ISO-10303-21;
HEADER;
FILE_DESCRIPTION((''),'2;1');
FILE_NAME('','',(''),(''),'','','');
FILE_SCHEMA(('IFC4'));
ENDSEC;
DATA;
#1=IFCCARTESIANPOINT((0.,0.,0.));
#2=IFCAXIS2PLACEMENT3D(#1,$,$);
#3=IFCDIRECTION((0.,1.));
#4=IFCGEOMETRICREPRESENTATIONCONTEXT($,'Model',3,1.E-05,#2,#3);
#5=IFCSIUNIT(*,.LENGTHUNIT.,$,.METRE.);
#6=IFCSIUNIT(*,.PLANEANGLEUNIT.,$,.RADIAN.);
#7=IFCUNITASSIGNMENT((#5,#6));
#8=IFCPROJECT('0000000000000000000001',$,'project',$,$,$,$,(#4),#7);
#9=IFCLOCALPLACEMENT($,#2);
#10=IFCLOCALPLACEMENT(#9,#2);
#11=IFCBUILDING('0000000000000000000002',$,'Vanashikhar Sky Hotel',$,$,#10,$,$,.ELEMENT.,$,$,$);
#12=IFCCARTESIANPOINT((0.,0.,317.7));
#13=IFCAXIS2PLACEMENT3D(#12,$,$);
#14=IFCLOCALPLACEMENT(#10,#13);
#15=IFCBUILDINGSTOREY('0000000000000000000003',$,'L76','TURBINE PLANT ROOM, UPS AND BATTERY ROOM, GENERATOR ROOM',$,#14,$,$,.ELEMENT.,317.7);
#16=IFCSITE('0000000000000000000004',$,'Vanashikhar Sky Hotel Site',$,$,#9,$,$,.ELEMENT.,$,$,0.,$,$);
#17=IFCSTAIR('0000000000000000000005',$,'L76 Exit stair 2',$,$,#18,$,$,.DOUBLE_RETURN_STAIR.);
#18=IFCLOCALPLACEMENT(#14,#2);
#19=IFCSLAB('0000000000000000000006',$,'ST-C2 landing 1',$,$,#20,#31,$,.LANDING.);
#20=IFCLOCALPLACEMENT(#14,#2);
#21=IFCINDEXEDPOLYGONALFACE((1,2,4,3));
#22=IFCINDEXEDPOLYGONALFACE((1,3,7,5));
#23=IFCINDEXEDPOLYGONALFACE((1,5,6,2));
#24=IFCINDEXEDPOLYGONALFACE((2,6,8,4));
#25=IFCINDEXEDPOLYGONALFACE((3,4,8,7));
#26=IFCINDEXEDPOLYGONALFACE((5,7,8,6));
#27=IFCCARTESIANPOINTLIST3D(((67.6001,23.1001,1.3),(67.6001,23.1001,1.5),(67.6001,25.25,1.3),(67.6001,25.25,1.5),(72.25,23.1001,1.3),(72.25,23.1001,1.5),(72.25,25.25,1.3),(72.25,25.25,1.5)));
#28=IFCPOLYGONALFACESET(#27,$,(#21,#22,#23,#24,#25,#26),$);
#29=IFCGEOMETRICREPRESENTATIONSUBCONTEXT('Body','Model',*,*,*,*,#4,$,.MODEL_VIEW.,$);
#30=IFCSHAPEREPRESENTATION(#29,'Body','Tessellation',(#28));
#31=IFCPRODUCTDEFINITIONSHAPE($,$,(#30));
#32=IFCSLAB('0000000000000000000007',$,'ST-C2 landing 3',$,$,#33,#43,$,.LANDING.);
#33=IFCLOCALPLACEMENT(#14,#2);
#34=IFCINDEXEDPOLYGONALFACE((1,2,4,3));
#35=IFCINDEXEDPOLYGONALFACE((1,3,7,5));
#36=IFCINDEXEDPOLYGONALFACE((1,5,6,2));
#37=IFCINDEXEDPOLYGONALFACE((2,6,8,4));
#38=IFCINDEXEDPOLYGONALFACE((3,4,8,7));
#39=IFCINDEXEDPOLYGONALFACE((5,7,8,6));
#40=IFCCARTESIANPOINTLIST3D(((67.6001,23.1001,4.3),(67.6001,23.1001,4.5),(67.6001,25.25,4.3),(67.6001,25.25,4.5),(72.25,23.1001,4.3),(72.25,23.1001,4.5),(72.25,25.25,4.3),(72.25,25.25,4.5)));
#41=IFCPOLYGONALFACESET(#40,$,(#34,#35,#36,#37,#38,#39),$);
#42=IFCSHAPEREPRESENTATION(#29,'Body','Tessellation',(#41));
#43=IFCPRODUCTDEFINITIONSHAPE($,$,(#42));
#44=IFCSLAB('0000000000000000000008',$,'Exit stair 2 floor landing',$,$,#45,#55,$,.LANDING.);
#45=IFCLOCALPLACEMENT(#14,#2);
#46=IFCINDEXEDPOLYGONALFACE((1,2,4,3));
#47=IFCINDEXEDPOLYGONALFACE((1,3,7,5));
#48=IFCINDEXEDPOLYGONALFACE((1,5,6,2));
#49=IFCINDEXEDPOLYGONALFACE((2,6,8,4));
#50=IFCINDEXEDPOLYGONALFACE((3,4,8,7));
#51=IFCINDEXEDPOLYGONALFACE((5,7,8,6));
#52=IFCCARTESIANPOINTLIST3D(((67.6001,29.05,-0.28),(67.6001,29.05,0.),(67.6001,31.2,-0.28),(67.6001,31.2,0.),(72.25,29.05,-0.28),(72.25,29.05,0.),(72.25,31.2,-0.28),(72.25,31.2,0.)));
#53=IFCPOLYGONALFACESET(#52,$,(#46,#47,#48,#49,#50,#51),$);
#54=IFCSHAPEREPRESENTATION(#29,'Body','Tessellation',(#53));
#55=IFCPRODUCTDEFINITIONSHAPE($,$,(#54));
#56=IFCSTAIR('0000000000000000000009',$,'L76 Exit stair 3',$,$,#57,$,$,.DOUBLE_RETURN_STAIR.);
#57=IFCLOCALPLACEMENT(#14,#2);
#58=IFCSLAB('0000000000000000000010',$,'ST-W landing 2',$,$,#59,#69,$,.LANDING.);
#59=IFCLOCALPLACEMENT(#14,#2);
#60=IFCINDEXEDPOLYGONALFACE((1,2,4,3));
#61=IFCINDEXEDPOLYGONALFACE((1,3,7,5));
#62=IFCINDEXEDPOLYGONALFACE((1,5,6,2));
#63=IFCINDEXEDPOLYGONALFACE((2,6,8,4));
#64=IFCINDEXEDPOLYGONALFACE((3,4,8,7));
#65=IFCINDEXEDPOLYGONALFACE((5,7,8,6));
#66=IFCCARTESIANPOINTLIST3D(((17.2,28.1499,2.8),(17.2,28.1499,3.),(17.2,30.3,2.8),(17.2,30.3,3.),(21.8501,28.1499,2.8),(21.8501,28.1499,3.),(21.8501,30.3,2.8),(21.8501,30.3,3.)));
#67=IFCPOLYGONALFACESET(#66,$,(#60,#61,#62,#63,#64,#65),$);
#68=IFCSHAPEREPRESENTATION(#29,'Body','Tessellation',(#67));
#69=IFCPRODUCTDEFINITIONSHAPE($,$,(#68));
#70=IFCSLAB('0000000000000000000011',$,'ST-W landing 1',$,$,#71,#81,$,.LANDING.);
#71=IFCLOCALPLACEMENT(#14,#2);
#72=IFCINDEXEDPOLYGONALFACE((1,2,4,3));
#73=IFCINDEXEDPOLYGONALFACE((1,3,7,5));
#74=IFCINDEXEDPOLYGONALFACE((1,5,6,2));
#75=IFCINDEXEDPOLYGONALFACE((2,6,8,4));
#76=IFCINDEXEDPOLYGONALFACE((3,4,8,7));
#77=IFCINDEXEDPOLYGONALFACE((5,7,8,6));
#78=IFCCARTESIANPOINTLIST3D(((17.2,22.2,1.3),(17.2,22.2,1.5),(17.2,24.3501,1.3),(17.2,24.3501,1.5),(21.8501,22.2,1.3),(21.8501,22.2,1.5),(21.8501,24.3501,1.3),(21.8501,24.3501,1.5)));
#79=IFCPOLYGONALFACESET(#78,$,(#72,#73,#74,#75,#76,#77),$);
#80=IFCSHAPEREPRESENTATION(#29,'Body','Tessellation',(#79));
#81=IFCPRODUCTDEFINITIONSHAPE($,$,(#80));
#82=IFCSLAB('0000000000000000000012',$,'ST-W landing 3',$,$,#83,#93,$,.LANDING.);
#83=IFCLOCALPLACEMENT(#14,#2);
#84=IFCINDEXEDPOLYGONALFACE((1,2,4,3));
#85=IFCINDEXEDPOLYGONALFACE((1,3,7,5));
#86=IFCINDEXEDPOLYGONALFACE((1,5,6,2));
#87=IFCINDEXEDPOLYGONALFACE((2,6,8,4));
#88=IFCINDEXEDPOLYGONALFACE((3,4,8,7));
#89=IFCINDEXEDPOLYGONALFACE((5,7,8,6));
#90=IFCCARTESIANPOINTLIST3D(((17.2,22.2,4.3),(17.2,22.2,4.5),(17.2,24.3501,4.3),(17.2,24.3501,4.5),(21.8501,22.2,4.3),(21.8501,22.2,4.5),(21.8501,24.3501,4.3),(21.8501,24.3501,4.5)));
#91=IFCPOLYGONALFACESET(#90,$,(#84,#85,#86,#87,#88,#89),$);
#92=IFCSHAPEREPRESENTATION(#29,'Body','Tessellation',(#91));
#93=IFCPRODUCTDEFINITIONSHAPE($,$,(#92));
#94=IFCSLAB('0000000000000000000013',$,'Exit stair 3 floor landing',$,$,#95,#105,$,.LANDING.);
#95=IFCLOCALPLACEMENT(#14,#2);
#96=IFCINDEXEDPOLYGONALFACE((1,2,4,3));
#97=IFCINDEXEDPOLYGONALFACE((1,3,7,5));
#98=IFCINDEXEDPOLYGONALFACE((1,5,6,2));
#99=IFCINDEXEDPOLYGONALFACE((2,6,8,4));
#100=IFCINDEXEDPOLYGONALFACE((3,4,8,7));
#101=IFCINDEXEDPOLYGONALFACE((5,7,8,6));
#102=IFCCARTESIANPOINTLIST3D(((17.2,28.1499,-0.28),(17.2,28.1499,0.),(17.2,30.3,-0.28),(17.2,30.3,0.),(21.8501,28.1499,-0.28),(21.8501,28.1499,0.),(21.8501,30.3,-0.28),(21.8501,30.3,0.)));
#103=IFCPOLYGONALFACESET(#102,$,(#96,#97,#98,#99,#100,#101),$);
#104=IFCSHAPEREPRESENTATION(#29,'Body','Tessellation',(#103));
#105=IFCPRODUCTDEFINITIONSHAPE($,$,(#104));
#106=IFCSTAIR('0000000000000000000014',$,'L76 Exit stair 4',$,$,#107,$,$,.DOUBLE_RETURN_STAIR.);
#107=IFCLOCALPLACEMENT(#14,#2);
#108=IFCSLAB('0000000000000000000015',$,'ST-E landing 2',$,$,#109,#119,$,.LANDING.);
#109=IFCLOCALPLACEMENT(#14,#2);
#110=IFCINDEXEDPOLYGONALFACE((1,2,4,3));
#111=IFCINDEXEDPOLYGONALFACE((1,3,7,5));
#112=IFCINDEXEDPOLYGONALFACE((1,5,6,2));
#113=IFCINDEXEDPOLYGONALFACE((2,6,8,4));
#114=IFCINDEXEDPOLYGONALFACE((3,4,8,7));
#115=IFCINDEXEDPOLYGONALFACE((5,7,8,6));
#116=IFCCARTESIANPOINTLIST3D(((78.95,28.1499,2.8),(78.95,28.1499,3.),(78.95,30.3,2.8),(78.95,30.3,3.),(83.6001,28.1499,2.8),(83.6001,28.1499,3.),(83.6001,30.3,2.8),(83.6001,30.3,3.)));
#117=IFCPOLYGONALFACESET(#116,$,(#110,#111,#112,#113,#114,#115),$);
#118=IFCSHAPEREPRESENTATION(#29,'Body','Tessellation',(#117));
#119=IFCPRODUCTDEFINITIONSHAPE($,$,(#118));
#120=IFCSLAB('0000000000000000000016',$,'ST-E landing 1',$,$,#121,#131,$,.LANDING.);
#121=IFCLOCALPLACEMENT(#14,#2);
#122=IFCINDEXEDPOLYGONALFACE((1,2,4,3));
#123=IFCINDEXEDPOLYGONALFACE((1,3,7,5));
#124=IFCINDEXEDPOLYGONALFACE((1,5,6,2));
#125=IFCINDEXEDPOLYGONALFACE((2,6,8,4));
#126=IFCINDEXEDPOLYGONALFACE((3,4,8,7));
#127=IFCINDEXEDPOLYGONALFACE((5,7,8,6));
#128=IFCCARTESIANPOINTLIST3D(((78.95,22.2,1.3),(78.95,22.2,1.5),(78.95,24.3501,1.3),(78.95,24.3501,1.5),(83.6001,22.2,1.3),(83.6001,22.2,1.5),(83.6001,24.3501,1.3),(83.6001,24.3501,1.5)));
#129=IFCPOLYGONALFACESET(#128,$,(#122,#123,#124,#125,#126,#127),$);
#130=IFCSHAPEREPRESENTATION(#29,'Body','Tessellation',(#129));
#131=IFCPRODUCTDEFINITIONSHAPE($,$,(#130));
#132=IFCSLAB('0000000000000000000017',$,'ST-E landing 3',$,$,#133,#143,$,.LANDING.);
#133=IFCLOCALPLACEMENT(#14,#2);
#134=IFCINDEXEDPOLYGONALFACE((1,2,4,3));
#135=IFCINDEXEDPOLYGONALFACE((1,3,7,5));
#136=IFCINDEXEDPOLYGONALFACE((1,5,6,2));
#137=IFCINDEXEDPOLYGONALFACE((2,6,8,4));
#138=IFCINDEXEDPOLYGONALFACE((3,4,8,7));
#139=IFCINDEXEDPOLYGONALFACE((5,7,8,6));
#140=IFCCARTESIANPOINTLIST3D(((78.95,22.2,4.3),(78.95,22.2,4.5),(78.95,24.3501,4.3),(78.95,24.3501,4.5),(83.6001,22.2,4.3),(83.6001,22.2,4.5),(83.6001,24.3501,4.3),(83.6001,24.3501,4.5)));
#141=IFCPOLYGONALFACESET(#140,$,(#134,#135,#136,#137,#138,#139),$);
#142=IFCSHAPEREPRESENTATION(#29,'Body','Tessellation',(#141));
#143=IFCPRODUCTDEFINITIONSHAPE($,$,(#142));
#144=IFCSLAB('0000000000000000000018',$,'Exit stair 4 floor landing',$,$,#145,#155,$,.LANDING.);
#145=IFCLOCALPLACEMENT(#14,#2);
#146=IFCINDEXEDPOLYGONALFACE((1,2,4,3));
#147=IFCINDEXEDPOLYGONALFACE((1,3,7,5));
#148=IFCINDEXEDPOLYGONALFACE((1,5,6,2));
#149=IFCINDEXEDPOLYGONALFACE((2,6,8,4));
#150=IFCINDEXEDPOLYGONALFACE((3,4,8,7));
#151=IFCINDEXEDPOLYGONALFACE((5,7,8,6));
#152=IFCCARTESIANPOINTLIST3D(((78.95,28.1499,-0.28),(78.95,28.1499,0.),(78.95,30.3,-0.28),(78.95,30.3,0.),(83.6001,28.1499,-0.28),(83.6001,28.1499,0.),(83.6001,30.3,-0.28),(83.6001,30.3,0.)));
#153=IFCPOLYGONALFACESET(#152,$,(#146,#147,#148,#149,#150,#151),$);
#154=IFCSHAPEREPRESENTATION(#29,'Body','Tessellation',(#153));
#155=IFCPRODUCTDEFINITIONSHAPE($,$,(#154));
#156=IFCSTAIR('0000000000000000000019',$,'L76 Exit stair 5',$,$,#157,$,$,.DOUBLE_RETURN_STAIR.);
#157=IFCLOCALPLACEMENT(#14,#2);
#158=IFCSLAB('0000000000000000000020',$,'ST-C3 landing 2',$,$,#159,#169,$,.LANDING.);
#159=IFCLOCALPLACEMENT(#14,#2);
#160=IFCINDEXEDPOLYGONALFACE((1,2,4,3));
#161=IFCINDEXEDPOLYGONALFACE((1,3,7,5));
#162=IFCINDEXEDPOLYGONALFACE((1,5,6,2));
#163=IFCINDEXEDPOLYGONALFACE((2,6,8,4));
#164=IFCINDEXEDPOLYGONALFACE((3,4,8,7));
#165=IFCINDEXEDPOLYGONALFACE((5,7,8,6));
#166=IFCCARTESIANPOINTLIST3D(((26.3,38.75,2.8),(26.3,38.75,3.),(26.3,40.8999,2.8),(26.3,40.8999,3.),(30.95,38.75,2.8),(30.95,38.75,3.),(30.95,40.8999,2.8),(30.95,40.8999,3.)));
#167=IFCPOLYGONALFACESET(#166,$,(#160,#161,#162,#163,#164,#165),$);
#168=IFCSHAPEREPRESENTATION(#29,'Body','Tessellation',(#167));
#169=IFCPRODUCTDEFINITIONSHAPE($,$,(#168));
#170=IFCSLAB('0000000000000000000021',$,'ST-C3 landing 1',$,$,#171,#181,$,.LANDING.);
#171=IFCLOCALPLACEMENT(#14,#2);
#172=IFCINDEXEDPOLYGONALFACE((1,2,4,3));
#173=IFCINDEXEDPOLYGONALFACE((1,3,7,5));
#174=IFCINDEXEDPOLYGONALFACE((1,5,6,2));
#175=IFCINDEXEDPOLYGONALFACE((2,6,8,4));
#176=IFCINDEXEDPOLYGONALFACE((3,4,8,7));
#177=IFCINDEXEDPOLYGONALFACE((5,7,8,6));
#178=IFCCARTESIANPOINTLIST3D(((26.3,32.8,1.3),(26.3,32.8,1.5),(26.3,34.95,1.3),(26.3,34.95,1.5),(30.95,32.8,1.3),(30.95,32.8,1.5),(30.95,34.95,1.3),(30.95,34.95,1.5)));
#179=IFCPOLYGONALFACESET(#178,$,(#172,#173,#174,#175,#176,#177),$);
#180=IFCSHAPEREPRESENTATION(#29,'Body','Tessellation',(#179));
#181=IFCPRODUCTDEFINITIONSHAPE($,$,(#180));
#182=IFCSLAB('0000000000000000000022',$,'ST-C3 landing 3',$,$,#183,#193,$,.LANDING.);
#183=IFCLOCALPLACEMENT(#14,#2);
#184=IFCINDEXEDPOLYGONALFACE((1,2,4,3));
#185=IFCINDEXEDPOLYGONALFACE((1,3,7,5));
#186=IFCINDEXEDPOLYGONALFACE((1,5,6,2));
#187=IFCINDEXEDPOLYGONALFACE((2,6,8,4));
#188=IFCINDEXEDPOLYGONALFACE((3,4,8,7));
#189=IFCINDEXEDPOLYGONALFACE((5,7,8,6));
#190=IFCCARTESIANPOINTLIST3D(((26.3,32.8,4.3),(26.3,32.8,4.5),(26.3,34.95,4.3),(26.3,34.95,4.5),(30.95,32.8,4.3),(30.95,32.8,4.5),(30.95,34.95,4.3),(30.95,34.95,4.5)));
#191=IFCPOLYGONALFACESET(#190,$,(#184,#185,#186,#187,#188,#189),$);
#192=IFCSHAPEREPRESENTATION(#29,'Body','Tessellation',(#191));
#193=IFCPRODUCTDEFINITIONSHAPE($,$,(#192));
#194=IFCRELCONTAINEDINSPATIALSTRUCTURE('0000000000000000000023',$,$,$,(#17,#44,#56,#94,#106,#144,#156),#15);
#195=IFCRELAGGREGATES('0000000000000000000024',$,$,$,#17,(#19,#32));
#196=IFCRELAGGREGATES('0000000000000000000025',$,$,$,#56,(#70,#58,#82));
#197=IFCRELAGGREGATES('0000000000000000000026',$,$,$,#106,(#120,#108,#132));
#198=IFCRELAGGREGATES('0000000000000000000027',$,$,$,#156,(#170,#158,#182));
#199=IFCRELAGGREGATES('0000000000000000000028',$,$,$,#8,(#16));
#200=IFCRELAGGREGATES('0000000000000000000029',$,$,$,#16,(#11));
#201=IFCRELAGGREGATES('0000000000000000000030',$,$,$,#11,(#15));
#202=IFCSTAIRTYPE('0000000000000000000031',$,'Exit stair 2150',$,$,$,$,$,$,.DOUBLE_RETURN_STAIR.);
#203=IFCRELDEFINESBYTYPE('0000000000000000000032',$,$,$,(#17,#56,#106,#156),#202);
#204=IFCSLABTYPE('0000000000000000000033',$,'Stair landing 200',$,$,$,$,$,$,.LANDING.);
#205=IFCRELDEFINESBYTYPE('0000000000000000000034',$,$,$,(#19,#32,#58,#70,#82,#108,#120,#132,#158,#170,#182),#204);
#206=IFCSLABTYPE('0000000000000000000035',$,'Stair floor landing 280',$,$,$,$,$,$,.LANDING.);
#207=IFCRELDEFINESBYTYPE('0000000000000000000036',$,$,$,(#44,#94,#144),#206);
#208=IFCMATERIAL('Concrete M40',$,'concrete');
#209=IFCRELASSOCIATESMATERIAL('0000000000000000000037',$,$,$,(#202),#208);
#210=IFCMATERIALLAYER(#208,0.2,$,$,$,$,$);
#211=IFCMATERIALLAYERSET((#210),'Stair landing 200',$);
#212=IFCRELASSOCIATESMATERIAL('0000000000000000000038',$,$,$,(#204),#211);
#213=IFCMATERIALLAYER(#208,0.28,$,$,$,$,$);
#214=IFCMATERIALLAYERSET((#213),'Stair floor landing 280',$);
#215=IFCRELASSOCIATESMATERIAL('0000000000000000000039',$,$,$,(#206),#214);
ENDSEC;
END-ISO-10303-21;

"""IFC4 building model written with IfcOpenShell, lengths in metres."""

from ifc_helpers import new_model, si_unit, direction, frame, origin, place, context, subcontext, project, spatial, polyline, outline, extrude, source, transform, mapped, material, layer, layer_set, type_object, element, aggregate, save


model = new_model("IFC4")

# Units and contexts
model_context = context("Model", 3, precision=1e-05, world=origin(), true_north=direction((0.0, 1.0)))
body_context = subcontext(model_context, "Body", "Model", "MODEL_VIEW")
ifc_project = project(units=[si_unit("LENGTHUNIT", "METRE"), si_unit("PLANEANGLEUNIT", "RADIAN")], contexts=[model_context])

# Site, building, storey
site_placement = place(None, origin())
site = spatial("IfcSite", under=ifc_project, at=site_placement, Name="Vanashikhar Sky Hotel Site", CompositionType="ELEMENT", RefElevation=0.0)
building_placement = place(site_placement, origin())
building = spatial("IfcBuilding", under=site, at=building_placement, Name="Vanashikhar Sky Hotel", CompositionType="ELEMENT")
storey_placement = place(building_placement, frame((0.0, 0.0, 317.7)))
storey = spatial("IfcBuildingStorey", under=building, at=storey_placement, Name="L76", Description="TURBINE PLANT ROOM, UPS AND BATTERY ROOM, GENERATOR ROOM", CompositionType="ELEMENT", Elevation=317.7)

# Shared definitions
ifc_material_1 = material(Name="Concrete M40", Category="concrete")

# Shared definitions
stair_type = type_object("IfcStairType", Name="Exit stair 2150", PredefinedType="DOUBLE_RETURN_STAIR", material=ifc_material_1)
ifc_layer_1 = layer(ifc_material_1, 0.2)
ifc_layer_set_1 = layer_set([ifc_layer_1], Name="Stair landing 200")
slab_type_1 = type_object("IfcSlabType", Name="Stair landing 200", PredefinedType="LANDING", material=ifc_layer_set_1)

# Shared definitions
ifc_layer_2 = layer(ifc_material_1, 0.28)
ifc_layer_set_2 = layer_set([ifc_layer_2], Name="Stair floor landing 280")
slab_type_2 = type_object("IfcSlabType", Name="Stair floor landing 280", PredefinedType="LANDING", material=ifc_layer_set_2)

# Stair, slabs
stair_1_placement = place(storey_placement, origin())
stair_1 = element("IfcStair", 1, at=stair_1_placement, inside=storey, type_object=stair_type, Name="L76 Exit stair 2", PredefinedType="DOUBLE_RETURN_STAIR")
shared_shape_1 = source(origin(), body_context, "Body", "SweptSolid", [
    extrude(outline(polyline([(72.25, 23.1001), (72.25, 25.25), (67.6001, 25.25), (67.6001, 23.1001), (72.25, 23.1001)])), origin(), (0.0, 0.0, 1.0), 0.2),
])
slab_1_placement = place(storey_placement, frame((0.0, 0.0, 1.3)))
slab_1 = element("IfcSlab", 2, at=slab_1_placement, type_object=slab_type_1, Name="ST-C2 landing 1", PredefinedType="LANDING", context=body_context, shape_type="MappedRepresentation", body=[
    mapped(shared_shape_1, transform((0.0, 0.0, 0.0), scale=1.0)),
])
slab_2_placement = place(storey_placement, frame((0.0, 0.0, 4.3)))
slab_2 = element("IfcSlab", 3, at=slab_2_placement, type_object=slab_type_1, Name="ST-C2 landing 3", PredefinedType="LANDING", context=body_context, shape_type="MappedRepresentation", body=[
    mapped(shared_shape_1, transform((0.0, 0.0, 0.0), scale=1.0)),
])
aggregate(stair_1, [slab_1, slab_2])

# Slab
shared_shape_2 = source(origin(), body_context, "Body", "SweptSolid", [
    extrude(outline(polyline([(72.25, 29.05), (72.25, 31.2), (67.6001, 31.2), (67.6001, 29.05), (72.25, 29.05)])), origin(), (0.0, 0.0, 1.0), 0.28),
])
slab_3_placement = place(storey_placement, frame((0.0, 0.0, -0.28)))
element("IfcSlab", 4, at=slab_3_placement, inside=storey, type_object=slab_type_2, Name="Exit stair 2 floor landing", PredefinedType="LANDING", context=body_context, shape_type="MappedRepresentation", body=[
    mapped(shared_shape_2, transform((0.0, 0.0, 0.0), scale=1.0)),
])

# Stair, slabs
stair_2_placement = place(storey_placement, origin())
stair_2 = element("IfcStair", 5, at=stair_2_placement, inside=storey, type_object=stair_type, Name="L76 Exit stair 3", PredefinedType="DOUBLE_RETURN_STAIR")
shared_shape_3 = source(origin(), body_context, "Body", "SweptSolid", [
    extrude(outline(polyline([(21.8501, 28.1499), (21.8501, 30.3), (17.2, 30.3), (17.2, 28.1499), (21.8501, 28.1499)])), origin(), (0.0, 0.0, 1.0), 0.2),
])
slab_4_placement = place(storey_placement, frame((0.0, 0.0, 2.8)))
slab_4 = element("IfcSlab", 6, at=slab_4_placement, type_object=slab_type_1, Name="ST-W landing 2", PredefinedType="LANDING", context=body_context, shape_type="MappedRepresentation", body=[
    mapped(shared_shape_3, transform((0.0, 0.0, 0.0), scale=1.0)),
])
shared_shape_4 = source(origin(), body_context, "Body", "SweptSolid", [
    extrude(outline(polyline([(21.8501, 22.2), (21.8501, 24.3501), (17.2, 24.3501), (17.2, 22.2), (21.8501, 22.2)])), origin(), (0.0, 0.0, 1.0), 0.2),
])
slab_5_placement = place(storey_placement, frame((0.0, 0.0, 1.3)))
slab_5 = element("IfcSlab", 7, at=slab_5_placement, type_object=slab_type_1, Name="ST-W landing 1", PredefinedType="LANDING", context=body_context, shape_type="MappedRepresentation", body=[
    mapped(shared_shape_4, transform((0.0, 0.0, 0.0), scale=1.0)),
])
slab_6_placement = place(storey_placement, frame((0.0, 0.0, 4.3)))
slab_6 = element("IfcSlab", 8, at=slab_6_placement, type_object=slab_type_1, Name="ST-W landing 3", PredefinedType="LANDING", context=body_context, shape_type="MappedRepresentation", body=[
    mapped(shared_shape_4, transform((0.0, 0.0, 0.0), scale=1.0)),
])
aggregate(stair_2, [slab_5, slab_4, slab_6])

# Slab
shared_shape_5 = source(origin(), body_context, "Body", "SweptSolid", [
    extrude(outline(polyline([(21.8501, 28.1499), (21.8501, 30.3), (17.2, 30.3), (17.2, 28.1499), (21.8501, 28.1499)])), origin(), (0.0, 0.0, 1.0), 0.28),
])
slab_7_placement = place(storey_placement, frame((0.0, 0.0, -0.28)))
element("IfcSlab", 9, at=slab_7_placement, inside=storey, type_object=slab_type_2, Name="Exit stair 3 floor landing", PredefinedType="LANDING", context=body_context, shape_type="MappedRepresentation", body=[
    mapped(shared_shape_5, transform((0.0, 0.0, 0.0), scale=1.0)),
])

# Stair, slabs
stair_3_placement = place(storey_placement, origin())
stair_3 = element("IfcStair", 10, at=stair_3_placement, inside=storey, type_object=stair_type, Name="L76 Exit stair 4", PredefinedType="DOUBLE_RETURN_STAIR")
shared_shape_6 = source(origin(), body_context, "Body", "SweptSolid", [
    extrude(outline(polyline([(83.6001, 28.1499), (83.6001, 30.3), (78.95, 30.3), (78.95, 28.1499), (83.6001, 28.1499)])), origin(), (0.0, 0.0, 1.0), 0.2),
])
slab_8_placement = place(storey_placement, frame((0.0, 0.0, 2.8)))
slab_8 = element("IfcSlab", 11, at=slab_8_placement, type_object=slab_type_1, Name="ST-E landing 2", PredefinedType="LANDING", context=body_context, shape_type="MappedRepresentation", body=[
    mapped(shared_shape_6, transform((0.0, 0.0, 0.0), scale=1.0)),
])
shared_shape_7 = source(origin(), body_context, "Body", "SweptSolid", [
    extrude(outline(polyline([(83.6001, 22.2), (83.6001, 24.3501), (78.95, 24.3501), (78.95, 22.2), (83.6001, 22.2)])), origin(), (0.0, 0.0, 1.0), 0.2),
])
slab_9_placement = place(storey_placement, frame((0.0, 0.0, 1.3)))
slab_9 = element("IfcSlab", 12, at=slab_9_placement, type_object=slab_type_1, Name="ST-E landing 1", PredefinedType="LANDING", context=body_context, shape_type="MappedRepresentation", body=[
    mapped(shared_shape_7, transform((0.0, 0.0, 0.0), scale=1.0)),
])
slab_10_placement = place(storey_placement, frame((0.0, 0.0, 4.3)))
slab_10 = element("IfcSlab", 13, at=slab_10_placement, type_object=slab_type_1, Name="ST-E landing 3", PredefinedType="LANDING", context=body_context, shape_type="MappedRepresentation", body=[
    mapped(shared_shape_7, transform((0.0, 0.0, 0.0), scale=1.0)),
])
aggregate(stair_3, [slab_9, slab_8, slab_10])

# Slab
shared_shape_8 = source(origin(), body_context, "Body", "SweptSolid", [
    extrude(outline(polyline([(83.6001, 28.1499), (83.6001, 30.3), (78.95, 30.3), (78.95, 28.1499), (83.6001, 28.1499)])), origin(), (0.0, 0.0, 1.0), 0.28),
])
slab_11_placement = place(storey_placement, frame((0.0, 0.0, -0.28)))
element("IfcSlab", 14, at=slab_11_placement, inside=storey, type_object=slab_type_2, Name="Exit stair 4 floor landing", PredefinedType="LANDING", context=body_context, shape_type="MappedRepresentation", body=[
    mapped(shared_shape_8, transform((0.0, 0.0, 0.0), scale=1.0)),
])

# Stair, slabs
stair_4_placement = place(storey_placement, origin())
stair_4 = element("IfcStair", 15, at=stair_4_placement, inside=storey, type_object=stair_type, Name="L76 Exit stair 5", PredefinedType="DOUBLE_RETURN_STAIR")
shared_shape_9 = source(origin(), body_context, "Body", "SweptSolid", [
    extrude(outline(polyline([(30.95, 38.75), (30.95, 40.8999), (26.3, 40.8999), (26.3, 38.75), (30.95, 38.75)])), origin(), (0.0, 0.0, 1.0), 0.2),
])
slab_12_placement = place(storey_placement, frame((0.0, 0.0, 2.8)))
slab_12 = element("IfcSlab", 16, at=slab_12_placement, type_object=slab_type_1, Name="ST-C3 landing 2", PredefinedType="LANDING", context=body_context, shape_type="MappedRepresentation", body=[
    mapped(shared_shape_9, transform((0.0, 0.0, 0.0), scale=1.0)),
])
shared_shape_10 = source(origin(), body_context, "Body", "SweptSolid", [
    extrude(outline(polyline([(30.95, 32.8), (30.95, 34.95), (26.3, 34.95), (26.3, 32.8), (30.95, 32.8)])), origin(), (0.0, 0.0, 1.0), 0.2),
])
slab_13_placement = place(storey_placement, frame((0.0, 0.0, 1.3)))
slab_13 = element("IfcSlab", 17, at=slab_13_placement, type_object=slab_type_1, Name="ST-C3 landing 1", PredefinedType="LANDING", context=body_context, shape_type="MappedRepresentation", body=[
    mapped(shared_shape_10, transform((0.0, 0.0, 0.0), scale=1.0)),
])
slab_14_placement = place(storey_placement, frame((0.0, 0.0, 4.3)))
slab_14 = element("IfcSlab", 18, at=slab_14_placement, type_object=slab_type_1, Name="ST-C3 landing 3", PredefinedType="LANDING", context=body_context, shape_type="MappedRepresentation", body=[
    mapped(shared_shape_10, transform((0.0, 0.0, 0.0), scale=1.0)),
])
aggregate(stair_4, [slab_13, slab_12, slab_14])

save(model, "model.ifc")
